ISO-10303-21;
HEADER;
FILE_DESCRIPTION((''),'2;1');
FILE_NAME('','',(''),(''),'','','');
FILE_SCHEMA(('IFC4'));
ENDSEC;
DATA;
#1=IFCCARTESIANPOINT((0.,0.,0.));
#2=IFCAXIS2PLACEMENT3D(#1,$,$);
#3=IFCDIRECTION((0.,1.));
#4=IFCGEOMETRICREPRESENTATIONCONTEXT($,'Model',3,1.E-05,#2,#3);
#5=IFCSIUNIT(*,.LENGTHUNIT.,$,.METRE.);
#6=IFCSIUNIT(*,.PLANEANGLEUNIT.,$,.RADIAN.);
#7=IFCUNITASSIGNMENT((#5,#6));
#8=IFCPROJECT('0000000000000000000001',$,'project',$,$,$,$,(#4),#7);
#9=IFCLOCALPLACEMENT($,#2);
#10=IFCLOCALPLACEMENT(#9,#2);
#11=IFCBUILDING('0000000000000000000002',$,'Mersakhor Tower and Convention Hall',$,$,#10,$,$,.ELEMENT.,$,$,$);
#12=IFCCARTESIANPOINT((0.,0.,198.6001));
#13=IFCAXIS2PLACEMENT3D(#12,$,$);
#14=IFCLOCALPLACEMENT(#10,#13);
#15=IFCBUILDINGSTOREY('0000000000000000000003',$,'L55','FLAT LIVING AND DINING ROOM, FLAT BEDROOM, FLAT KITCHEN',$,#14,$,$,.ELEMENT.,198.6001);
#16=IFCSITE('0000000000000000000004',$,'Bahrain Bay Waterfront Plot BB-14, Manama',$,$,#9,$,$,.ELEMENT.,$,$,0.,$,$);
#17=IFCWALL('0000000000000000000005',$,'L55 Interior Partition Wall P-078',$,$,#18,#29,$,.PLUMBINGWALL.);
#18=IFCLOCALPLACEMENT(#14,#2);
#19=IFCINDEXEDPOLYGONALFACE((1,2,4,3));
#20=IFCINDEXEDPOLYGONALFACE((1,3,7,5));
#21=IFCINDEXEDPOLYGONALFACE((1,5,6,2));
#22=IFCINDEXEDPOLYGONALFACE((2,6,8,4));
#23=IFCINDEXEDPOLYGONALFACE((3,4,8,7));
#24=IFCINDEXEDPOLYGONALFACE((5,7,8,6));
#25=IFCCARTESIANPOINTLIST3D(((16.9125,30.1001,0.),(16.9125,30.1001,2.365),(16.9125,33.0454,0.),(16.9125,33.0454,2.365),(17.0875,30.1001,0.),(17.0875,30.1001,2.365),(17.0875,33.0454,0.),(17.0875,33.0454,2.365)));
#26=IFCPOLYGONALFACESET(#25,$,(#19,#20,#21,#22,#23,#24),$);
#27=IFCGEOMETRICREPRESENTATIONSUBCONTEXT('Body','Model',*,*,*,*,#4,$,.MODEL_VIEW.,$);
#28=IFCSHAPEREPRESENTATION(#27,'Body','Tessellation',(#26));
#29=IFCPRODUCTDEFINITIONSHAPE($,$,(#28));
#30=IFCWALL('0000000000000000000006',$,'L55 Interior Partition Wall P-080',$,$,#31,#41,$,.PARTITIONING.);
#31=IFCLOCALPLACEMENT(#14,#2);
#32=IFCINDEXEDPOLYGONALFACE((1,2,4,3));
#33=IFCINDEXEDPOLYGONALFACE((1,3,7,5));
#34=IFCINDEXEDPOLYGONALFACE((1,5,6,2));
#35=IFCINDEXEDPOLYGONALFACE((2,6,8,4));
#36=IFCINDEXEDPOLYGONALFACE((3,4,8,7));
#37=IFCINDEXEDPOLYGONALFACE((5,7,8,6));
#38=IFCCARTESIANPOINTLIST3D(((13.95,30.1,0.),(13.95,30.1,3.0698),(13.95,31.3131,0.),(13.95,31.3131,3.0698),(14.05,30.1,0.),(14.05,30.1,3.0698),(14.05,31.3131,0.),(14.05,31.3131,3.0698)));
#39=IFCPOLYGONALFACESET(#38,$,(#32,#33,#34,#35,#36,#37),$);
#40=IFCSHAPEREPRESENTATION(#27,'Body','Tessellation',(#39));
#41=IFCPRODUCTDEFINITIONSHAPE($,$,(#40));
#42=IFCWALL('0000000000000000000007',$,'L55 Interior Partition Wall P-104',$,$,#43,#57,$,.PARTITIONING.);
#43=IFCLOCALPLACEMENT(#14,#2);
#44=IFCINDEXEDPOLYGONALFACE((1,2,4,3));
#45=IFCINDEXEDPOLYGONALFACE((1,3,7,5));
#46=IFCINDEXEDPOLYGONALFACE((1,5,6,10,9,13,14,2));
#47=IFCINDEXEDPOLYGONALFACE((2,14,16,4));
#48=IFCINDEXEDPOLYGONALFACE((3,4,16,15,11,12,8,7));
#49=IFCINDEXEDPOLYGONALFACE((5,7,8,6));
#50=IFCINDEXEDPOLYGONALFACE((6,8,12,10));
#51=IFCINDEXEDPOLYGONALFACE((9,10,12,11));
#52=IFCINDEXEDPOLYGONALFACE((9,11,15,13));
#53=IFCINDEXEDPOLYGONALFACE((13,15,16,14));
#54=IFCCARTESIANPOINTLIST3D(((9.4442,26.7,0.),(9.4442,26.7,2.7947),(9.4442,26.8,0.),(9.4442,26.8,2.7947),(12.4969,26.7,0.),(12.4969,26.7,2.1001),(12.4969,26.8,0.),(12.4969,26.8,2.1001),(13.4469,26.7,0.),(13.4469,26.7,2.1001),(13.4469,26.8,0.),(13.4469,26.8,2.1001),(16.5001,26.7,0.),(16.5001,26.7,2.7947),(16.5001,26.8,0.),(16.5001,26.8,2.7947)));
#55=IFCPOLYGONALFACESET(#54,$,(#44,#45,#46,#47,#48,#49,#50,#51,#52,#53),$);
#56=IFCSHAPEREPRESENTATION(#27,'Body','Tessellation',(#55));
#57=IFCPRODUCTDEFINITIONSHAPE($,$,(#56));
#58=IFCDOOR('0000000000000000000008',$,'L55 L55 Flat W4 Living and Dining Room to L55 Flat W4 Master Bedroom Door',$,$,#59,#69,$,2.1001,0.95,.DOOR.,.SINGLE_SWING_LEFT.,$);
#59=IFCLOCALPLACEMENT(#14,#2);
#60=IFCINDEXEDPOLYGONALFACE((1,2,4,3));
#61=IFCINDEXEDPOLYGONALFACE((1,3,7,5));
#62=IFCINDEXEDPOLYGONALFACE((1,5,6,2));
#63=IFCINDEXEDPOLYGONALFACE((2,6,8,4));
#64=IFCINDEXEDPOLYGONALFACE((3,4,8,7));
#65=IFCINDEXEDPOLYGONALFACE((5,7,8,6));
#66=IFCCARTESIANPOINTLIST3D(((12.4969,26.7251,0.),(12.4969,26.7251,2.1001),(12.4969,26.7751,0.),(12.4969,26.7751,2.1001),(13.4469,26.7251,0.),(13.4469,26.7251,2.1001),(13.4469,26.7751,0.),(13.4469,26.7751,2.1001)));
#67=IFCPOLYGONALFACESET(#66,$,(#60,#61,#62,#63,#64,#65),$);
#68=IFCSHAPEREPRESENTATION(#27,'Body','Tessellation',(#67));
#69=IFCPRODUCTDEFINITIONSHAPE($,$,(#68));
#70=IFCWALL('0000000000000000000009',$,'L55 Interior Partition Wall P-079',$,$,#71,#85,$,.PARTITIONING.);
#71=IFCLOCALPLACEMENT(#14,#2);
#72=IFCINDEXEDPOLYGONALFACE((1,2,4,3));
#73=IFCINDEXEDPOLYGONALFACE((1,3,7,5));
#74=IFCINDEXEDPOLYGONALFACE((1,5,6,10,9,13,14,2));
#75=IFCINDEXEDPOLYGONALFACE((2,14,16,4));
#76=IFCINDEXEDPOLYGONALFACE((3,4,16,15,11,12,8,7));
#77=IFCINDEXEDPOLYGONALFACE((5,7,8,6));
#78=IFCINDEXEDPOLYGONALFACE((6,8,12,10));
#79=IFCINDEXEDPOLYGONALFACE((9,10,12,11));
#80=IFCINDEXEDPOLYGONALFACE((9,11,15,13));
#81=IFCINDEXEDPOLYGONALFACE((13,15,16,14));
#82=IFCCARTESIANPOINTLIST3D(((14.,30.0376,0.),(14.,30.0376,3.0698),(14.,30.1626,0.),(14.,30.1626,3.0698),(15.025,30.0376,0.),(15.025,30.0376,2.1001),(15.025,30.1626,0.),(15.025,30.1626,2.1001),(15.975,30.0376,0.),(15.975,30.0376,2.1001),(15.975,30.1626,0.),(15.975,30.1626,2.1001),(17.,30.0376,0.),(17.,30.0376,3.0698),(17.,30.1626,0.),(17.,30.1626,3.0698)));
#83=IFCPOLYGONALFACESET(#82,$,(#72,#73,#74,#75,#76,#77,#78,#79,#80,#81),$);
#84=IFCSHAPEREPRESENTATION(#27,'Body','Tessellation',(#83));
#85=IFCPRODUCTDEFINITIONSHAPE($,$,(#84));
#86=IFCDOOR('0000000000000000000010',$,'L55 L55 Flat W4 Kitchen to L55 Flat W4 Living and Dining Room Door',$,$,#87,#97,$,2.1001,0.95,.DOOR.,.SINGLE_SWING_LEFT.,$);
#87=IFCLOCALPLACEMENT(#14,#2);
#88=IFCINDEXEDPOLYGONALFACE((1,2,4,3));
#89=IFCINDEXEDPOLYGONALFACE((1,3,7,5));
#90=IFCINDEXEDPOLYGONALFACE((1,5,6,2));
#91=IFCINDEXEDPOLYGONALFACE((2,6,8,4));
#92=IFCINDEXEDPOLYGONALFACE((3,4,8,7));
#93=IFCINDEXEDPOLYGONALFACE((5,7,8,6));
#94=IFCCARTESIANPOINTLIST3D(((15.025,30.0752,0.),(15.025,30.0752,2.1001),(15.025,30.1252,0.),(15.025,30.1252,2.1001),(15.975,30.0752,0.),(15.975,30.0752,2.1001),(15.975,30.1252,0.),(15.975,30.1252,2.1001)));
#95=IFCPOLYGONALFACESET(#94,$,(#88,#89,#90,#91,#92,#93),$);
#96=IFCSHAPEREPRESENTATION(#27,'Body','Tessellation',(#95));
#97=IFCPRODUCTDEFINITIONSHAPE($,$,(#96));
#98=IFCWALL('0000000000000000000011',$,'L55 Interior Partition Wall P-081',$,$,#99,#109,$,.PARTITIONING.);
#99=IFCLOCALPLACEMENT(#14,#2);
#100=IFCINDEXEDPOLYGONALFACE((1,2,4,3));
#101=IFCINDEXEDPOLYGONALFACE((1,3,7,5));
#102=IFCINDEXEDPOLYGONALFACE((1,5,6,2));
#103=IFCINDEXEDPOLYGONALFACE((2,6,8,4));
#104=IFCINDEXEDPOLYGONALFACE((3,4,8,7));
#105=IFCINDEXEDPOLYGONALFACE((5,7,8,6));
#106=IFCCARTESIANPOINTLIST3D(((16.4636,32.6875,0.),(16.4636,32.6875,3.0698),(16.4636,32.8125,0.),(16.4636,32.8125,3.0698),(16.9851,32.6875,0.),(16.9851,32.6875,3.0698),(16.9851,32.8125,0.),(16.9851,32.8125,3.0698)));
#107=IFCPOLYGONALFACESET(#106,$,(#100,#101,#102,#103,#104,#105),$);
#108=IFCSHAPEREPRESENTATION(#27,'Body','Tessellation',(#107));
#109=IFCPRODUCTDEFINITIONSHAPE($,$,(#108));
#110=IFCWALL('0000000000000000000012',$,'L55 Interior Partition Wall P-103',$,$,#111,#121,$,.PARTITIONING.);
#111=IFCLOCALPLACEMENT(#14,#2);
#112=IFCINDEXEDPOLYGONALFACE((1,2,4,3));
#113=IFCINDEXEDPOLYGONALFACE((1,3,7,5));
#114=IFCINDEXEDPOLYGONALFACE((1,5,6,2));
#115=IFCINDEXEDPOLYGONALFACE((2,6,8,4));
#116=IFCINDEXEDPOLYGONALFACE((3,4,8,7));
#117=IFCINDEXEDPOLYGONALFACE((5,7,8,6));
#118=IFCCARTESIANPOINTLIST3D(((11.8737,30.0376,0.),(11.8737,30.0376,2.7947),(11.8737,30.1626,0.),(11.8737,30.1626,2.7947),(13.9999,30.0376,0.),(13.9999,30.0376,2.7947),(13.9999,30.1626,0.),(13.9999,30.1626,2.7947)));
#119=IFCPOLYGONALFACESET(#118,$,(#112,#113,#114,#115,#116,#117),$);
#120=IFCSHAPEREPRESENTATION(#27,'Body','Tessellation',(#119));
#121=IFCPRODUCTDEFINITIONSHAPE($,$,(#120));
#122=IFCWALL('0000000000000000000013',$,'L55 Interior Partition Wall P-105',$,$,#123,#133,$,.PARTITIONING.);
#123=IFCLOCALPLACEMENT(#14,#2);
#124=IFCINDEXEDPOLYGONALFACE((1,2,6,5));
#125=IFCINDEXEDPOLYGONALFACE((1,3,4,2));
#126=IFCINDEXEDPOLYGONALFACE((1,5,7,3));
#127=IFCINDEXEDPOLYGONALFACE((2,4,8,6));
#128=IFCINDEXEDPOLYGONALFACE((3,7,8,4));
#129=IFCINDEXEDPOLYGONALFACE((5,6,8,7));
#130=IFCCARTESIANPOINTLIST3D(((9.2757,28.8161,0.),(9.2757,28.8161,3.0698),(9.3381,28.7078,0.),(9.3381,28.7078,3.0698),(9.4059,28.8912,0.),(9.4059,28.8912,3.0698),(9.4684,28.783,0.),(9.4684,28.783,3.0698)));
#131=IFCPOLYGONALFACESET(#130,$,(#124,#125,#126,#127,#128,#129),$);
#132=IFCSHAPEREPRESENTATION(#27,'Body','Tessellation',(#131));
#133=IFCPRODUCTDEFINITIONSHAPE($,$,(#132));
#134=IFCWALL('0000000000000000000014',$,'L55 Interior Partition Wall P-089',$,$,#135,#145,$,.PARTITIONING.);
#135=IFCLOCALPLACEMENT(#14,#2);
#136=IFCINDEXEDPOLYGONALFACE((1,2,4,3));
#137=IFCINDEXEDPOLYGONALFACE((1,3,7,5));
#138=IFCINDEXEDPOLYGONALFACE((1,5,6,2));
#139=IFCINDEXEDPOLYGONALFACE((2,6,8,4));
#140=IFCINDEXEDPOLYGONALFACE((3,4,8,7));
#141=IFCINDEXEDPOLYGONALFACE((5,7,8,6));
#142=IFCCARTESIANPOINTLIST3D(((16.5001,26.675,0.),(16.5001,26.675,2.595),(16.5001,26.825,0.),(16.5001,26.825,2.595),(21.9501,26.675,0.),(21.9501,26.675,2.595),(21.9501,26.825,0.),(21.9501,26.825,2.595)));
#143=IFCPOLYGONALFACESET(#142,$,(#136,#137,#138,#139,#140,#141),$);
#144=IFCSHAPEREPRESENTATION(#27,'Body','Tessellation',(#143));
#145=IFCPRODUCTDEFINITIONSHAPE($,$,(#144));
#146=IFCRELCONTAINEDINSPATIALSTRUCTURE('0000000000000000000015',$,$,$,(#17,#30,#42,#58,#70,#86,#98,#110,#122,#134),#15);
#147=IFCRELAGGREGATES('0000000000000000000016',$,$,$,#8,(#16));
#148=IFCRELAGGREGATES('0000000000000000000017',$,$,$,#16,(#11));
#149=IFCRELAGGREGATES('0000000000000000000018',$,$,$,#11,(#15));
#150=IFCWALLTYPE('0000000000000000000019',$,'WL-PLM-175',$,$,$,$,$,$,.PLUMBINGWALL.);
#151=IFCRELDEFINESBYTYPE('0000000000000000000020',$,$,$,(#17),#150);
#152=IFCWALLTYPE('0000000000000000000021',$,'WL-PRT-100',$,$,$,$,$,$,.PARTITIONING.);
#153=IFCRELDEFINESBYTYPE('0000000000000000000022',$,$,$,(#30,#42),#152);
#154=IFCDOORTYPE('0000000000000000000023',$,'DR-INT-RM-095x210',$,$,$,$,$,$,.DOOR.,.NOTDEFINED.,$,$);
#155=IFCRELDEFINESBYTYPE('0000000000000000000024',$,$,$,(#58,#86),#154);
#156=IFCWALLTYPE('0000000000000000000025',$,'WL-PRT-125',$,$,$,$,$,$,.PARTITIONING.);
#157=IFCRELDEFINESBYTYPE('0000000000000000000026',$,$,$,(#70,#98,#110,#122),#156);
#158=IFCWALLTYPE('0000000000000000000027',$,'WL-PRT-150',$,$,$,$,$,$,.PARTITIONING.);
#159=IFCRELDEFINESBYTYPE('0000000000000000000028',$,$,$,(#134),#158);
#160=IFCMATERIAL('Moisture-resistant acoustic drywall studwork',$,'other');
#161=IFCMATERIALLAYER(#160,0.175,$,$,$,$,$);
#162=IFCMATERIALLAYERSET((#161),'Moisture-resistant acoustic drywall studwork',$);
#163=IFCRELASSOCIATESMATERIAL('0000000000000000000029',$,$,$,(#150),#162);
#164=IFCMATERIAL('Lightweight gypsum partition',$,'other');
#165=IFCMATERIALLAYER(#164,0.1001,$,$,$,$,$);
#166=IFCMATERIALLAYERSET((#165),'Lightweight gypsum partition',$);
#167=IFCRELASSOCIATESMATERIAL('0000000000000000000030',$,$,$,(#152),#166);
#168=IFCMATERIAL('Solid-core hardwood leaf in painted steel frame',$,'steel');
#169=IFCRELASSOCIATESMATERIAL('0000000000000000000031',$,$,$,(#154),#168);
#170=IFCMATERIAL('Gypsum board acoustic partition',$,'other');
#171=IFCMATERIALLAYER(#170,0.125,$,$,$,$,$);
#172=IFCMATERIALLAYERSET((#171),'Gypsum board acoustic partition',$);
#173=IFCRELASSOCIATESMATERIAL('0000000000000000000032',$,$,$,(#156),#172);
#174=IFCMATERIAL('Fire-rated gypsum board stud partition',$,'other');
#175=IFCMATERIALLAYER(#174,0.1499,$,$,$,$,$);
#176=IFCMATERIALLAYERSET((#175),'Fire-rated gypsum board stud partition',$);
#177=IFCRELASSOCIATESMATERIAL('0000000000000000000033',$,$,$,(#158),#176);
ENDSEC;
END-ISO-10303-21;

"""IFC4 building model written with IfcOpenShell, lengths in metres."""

from ifc_helpers import new_model, si_unit, direction, frame, frame_2d, origin, place, context, subcontext, project, spatial, rectangle, extrude, material, layer, layer_set, type_object, element, fill, save


model = new_model("IFC4")

# Units and contexts
model_context = context("Model", 3, precision=1e-05, world=origin(), true_north=direction((0.0, 1.0)))
body_context = subcontext(model_context, "Body", "Model", "MODEL_VIEW")
ifc_project = project(units=[si_unit("LENGTHUNIT", "METRE"), si_unit("PLANEANGLEUNIT", "RADIAN")], contexts=[model_context])

# Site, building, storey
site_placement = place(None, origin())
site = spatial("IfcSite", under=ifc_project, at=site_placement, Name="Bahrain Bay Waterfront Plot BB-14, Manama", CompositionType="ELEMENT", RefElevation=0.0)
building_placement = place(site_placement, origin())
building = spatial("IfcBuilding", under=site, at=building_placement, Name="Mersakhor Tower and Convention Hall", CompositionType="ELEMENT")
storey_placement = place(building_placement, frame((0.0, 0.0, 198.6001)))
storey = spatial("IfcBuildingStorey", under=building, at=storey_placement, Name="L55", Description="FLAT LIVING AND DINING ROOM, FLAT BEDROOM, FLAT KITCHEN", CompositionType="ELEMENT", Elevation=198.6001)

# Walls
ifc_material_1 = material(Name="Moisture-resistant acoustic drywall studwork", Category="other")
ifc_layer_1 = layer(ifc_material_1, 0.175)
ifc_layer_set_1 = layer_set([ifc_layer_1], Name="Moisture-resistant acoustic drywall studwork")
wall_type_1 = type_object("IfcWallType", Name="WL-PLM-175", PredefinedType="PLUMBINGWALL", material=ifc_layer_set_1)
wall_1_placement = place(storey_placement, frame((17.0, 30.1001, 0.0), z_axis=(0.0, 0.0, 1.0), x_axis=(0.0, 1.0, 0.0)))
element("IfcWall", 1, at=wall_1_placement, inside=storey, type_object=wall_type_1, Name="L55 Interior Partition Wall P-078", PredefinedType="PLUMBINGWALL", context=body_context, shape_type="SweptSolid", body=[
    extrude(rectangle(XDim=2.9453, YDim=0.175, at=frame_2d((1.4727, 0.0))), origin(), (0.0, 0.0, 1.0), 2.365),
])
ifc_material_2 = material(Name="Lightweight gypsum partition", Category="other")
ifc_layer_2 = layer(ifc_material_2, 0.1001)
ifc_layer_set_2 = layer_set([ifc_layer_2], Name="Lightweight gypsum partition")
wall_type_2 = type_object("IfcWallType", Name="WL-PRT-100", PredefinedType="PARTITIONING", material=ifc_layer_set_2)
wall_2_placement = place(storey_placement, frame((14.0, 30.1001, 0.0), z_axis=(0.0, 0.0, 1.0), x_axis=(0.0, 1.0, 0.0)))
element("IfcWall", 2, at=wall_2_placement, inside=storey, type_object=wall_type_2, Name="L55 Interior Partition Wall P-080", PredefinedType="PARTITIONING", context=body_context, shape_type="SweptSolid", body=[
    extrude(rectangle(XDim=1.2131, YDim=0.1001, at=frame_2d((0.6064, 0.0))), origin(), (0.0, 0.0, 1.0), 3.0698),
])

# Walls, openings, doors
wall_3_placement = place(storey_placement, frame((16.5, 26.75, 0.0), z_axis=(0.0, 0.0, 1.0), x_axis=(-1.0, 0.0, 0.0)))
wall_3 = element("IfcWall", 3, at=wall_3_placement, inside=storey, type_object=wall_type_2, Name="L55 Interior Partition Wall P-104", PredefinedType="PARTITIONING", context=body_context, shape_type="SweptSolid", body=[
    extrude(rectangle(XDim=7.0559, YDim=0.1001, at=frame_2d((3.5278, 0.0))), origin(), (0.0, 0.0, 1.0), 2.7947),
])
opening_1_placement = place(wall_3_placement, frame((3.053, 0.0, 0.0)))
opening_1 = element("IfcOpeningElement", 4, at=opening_1_placement, cuts=wall_3, PredefinedType="OPENING", context=body_context, shape_type="SweptSolid", body=[
    extrude(rectangle(XDim=0.95, YDim=2.1001, at=frame_2d((0.4751, 1.05))), frame((0.0, 0.0601, 0.0), z_axis=(0.0, -1.0, 0.0), x_axis=(1.0, 0.0, 0.0)), (0.0, 0.0, 1.0), 0.1201),
])
ifc_material_3 = material(Name="Solid-core hardwood leaf in painted steel frame", Category="steel")
door_type = type_object("IfcDoorType", Name="DR-INT-RM-095x210", OperationType="NOTDEFINED", PredefinedType="DOOR", material=ifc_material_3)
door_1_placement = place(opening_1_placement, origin())
door_1 = element("IfcDoor", 5, at=door_1_placement, inside=storey, type_object=door_type, Name="L55 L55 Flat W4 Living and Dining Room to L55 Flat W4 Master Bedroom Door", OperationType="SINGLE_SWING_LEFT", OverallHeight=2.1001, OverallWidth=0.95, PredefinedType="DOOR", context=body_context, shape_type="SweptSolid", body=[
    extrude(rectangle(XDim=0.95, YDim=2.1001, at=frame_2d((0.4751, 1.05))), frame((0.0, 0.0249, 0.0), z_axis=(0.0, -1.0, 0.0), x_axis=(1.0, 0.0, 0.0)), (0.0, 0.0, 1.0), 0.05),
])
fill(opening_1, door_1)
ifc_material_4 = material(Name="Gypsum board acoustic partition", Category="other")
ifc_layer_3 = layer(ifc_material_4, 0.125)
ifc_layer_set_3 = layer_set([ifc_layer_3], Name="Gypsum board acoustic partition")
wall_type_3 = type_object("IfcWallType", Name="WL-PRT-125", PredefinedType="PARTITIONING", material=ifc_layer_set_3)
wall_4_placement = place(storey_placement, frame((17.0, 30.1001, 0.0), z_axis=(0.0, 0.0, 1.0), x_axis=(-1.0, 0.0, 0.0)))
wall_4 = element("IfcWall", 6, at=wall_4_placement, inside=storey, type_object=wall_type_3, Name="L55 Interior Partition Wall P-079", PredefinedType="PARTITIONING", context=body_context, shape_type="SweptSolid", body=[
    extrude(rectangle(XDim=3.0, YDim=0.125, at=frame_2d((1.5, 0.0))), origin(), (0.0, 0.0, 1.0), 3.0698),
])
opening_2_placement = place(wall_4_placement, frame((1.0249, 0.0, 0.0)))
opening_2 = element("IfcOpeningElement", 7, at=opening_2_placement, cuts=wall_4, PredefinedType="OPENING", context=body_context, shape_type="SweptSolid", body=[
    extrude(rectangle(XDim=0.95, YDim=2.1001, at=frame_2d((0.4751, 1.05))), frame((0.0, 0.0725, 0.0), z_axis=(0.0, -1.0, 0.0), x_axis=(1.0, 0.0, 0.0)), (0.0, 0.0, 1.0), 0.145),
])
door_2_placement = place(opening_2_placement, origin())
door_2 = element("IfcDoor", 8, at=door_2_placement, inside=storey, type_object=door_type, Name="L55 L55 Flat W4 Kitchen to L55 Flat W4 Living and Dining Room Door", OperationType="SINGLE_SWING_LEFT", OverallHeight=2.1001, OverallWidth=0.95, PredefinedType="DOOR", context=body_context, shape_type="SweptSolid", body=[
    extrude(rectangle(XDim=0.95, YDim=2.1001, at=frame_2d((0.4751, 1.05))), frame((0.0, 0.0249, 0.0), z_axis=(0.0, -1.0, 0.0), x_axis=(1.0, 0.0, 0.0)), (0.0, 0.0, 1.0), 0.05),
])
fill(opening_2, door_2)

# Walls
wall_5_placement = place(storey_placement, frame((16.4636, 32.75, 0.0), z_axis=(0.0, 0.0, 1.0), x_axis=(1.0, 0.0, 0.0)))
element("IfcWall", 9, at=wall_5_placement, inside=storey, type_object=wall_type_3, Name="L55 Interior Partition Wall P-081", PredefinedType="PARTITIONING", context=body_context, shape_type="SweptSolid", body=[
    extrude(rectangle(XDim=0.5215, YDim=0.125, at=frame_2d((0.2607, 0.0))), origin(), (0.0, 0.0, 1.0), 3.0698),
])
wall_6_placement = place(storey_placement, frame((11.8738, 30.1001, 0.0), z_axis=(0.0, 0.0, 1.0), x_axis=(1.0, 0.0, 0.0)))
element("IfcWall", 10, at=wall_6_placement, inside=storey, type_object=wall_type_3, Name="L55 Interior Partition Wall P-103", PredefinedType="PARTITIONING", context=body_context, shape_type="SweptSolid", body=[
    extrude(rectangle(XDim=2.1262, YDim=0.125, at=frame_2d((1.063, 0.0))), origin(), (0.0, 0.0, 1.0), 2.7947),
])
wall_7_placement = place(storey_placement, frame((9.3069, 28.762, 0.0), z_axis=(0.0, 0.0, 1.0), x_axis=(0.86624, 0.499629, 0.0)))
element("IfcWall", 11, at=wall_7_placement, inside=storey, type_object=wall_type_3, Name="L55 Interior Partition Wall P-105", PredefinedType="PARTITIONING", context=body_context, shape_type="SweptSolid", body=[
    extrude(rectangle(XDim=0.1504, YDim=0.125, at=frame_2d((0.0752, 0.0))), origin(), (0.0, 0.0, 1.0), 3.0698),
])
ifc_material_5 = material(Name="Fire-rated gypsum board stud partition", Category="other")
ifc_layer_4 = layer(ifc_material_5, 0.1499)
ifc_layer_set_4 = layer_set([ifc_layer_4], Name="Fire-rated gypsum board stud partition")
wall_type_4 = type_object("IfcWallType", Name="WL-PRT-150", PredefinedType="PARTITIONING", material=ifc_layer_set_4)
wall_8_placement = place(storey_placement, frame((16.5, 26.75, 0.0), z_axis=(0.0, 0.0, 1.0), x_axis=(1.0, 0.0, 0.0)))
element("IfcWall", 12, at=wall_8_placement, inside=storey, type_object=wall_type_4, Name="L55 Interior Partition Wall P-089", PredefinedType="PARTITIONING", context=body_context, shape_type="SweptSolid", body=[
    extrude(rectangle(XDim=5.45, YDim=0.1499, at=frame_2d((2.7251, 0.0))), origin(), (0.0, 0.0, 1.0), 2.595),
])

save(model, "model.ifc")
